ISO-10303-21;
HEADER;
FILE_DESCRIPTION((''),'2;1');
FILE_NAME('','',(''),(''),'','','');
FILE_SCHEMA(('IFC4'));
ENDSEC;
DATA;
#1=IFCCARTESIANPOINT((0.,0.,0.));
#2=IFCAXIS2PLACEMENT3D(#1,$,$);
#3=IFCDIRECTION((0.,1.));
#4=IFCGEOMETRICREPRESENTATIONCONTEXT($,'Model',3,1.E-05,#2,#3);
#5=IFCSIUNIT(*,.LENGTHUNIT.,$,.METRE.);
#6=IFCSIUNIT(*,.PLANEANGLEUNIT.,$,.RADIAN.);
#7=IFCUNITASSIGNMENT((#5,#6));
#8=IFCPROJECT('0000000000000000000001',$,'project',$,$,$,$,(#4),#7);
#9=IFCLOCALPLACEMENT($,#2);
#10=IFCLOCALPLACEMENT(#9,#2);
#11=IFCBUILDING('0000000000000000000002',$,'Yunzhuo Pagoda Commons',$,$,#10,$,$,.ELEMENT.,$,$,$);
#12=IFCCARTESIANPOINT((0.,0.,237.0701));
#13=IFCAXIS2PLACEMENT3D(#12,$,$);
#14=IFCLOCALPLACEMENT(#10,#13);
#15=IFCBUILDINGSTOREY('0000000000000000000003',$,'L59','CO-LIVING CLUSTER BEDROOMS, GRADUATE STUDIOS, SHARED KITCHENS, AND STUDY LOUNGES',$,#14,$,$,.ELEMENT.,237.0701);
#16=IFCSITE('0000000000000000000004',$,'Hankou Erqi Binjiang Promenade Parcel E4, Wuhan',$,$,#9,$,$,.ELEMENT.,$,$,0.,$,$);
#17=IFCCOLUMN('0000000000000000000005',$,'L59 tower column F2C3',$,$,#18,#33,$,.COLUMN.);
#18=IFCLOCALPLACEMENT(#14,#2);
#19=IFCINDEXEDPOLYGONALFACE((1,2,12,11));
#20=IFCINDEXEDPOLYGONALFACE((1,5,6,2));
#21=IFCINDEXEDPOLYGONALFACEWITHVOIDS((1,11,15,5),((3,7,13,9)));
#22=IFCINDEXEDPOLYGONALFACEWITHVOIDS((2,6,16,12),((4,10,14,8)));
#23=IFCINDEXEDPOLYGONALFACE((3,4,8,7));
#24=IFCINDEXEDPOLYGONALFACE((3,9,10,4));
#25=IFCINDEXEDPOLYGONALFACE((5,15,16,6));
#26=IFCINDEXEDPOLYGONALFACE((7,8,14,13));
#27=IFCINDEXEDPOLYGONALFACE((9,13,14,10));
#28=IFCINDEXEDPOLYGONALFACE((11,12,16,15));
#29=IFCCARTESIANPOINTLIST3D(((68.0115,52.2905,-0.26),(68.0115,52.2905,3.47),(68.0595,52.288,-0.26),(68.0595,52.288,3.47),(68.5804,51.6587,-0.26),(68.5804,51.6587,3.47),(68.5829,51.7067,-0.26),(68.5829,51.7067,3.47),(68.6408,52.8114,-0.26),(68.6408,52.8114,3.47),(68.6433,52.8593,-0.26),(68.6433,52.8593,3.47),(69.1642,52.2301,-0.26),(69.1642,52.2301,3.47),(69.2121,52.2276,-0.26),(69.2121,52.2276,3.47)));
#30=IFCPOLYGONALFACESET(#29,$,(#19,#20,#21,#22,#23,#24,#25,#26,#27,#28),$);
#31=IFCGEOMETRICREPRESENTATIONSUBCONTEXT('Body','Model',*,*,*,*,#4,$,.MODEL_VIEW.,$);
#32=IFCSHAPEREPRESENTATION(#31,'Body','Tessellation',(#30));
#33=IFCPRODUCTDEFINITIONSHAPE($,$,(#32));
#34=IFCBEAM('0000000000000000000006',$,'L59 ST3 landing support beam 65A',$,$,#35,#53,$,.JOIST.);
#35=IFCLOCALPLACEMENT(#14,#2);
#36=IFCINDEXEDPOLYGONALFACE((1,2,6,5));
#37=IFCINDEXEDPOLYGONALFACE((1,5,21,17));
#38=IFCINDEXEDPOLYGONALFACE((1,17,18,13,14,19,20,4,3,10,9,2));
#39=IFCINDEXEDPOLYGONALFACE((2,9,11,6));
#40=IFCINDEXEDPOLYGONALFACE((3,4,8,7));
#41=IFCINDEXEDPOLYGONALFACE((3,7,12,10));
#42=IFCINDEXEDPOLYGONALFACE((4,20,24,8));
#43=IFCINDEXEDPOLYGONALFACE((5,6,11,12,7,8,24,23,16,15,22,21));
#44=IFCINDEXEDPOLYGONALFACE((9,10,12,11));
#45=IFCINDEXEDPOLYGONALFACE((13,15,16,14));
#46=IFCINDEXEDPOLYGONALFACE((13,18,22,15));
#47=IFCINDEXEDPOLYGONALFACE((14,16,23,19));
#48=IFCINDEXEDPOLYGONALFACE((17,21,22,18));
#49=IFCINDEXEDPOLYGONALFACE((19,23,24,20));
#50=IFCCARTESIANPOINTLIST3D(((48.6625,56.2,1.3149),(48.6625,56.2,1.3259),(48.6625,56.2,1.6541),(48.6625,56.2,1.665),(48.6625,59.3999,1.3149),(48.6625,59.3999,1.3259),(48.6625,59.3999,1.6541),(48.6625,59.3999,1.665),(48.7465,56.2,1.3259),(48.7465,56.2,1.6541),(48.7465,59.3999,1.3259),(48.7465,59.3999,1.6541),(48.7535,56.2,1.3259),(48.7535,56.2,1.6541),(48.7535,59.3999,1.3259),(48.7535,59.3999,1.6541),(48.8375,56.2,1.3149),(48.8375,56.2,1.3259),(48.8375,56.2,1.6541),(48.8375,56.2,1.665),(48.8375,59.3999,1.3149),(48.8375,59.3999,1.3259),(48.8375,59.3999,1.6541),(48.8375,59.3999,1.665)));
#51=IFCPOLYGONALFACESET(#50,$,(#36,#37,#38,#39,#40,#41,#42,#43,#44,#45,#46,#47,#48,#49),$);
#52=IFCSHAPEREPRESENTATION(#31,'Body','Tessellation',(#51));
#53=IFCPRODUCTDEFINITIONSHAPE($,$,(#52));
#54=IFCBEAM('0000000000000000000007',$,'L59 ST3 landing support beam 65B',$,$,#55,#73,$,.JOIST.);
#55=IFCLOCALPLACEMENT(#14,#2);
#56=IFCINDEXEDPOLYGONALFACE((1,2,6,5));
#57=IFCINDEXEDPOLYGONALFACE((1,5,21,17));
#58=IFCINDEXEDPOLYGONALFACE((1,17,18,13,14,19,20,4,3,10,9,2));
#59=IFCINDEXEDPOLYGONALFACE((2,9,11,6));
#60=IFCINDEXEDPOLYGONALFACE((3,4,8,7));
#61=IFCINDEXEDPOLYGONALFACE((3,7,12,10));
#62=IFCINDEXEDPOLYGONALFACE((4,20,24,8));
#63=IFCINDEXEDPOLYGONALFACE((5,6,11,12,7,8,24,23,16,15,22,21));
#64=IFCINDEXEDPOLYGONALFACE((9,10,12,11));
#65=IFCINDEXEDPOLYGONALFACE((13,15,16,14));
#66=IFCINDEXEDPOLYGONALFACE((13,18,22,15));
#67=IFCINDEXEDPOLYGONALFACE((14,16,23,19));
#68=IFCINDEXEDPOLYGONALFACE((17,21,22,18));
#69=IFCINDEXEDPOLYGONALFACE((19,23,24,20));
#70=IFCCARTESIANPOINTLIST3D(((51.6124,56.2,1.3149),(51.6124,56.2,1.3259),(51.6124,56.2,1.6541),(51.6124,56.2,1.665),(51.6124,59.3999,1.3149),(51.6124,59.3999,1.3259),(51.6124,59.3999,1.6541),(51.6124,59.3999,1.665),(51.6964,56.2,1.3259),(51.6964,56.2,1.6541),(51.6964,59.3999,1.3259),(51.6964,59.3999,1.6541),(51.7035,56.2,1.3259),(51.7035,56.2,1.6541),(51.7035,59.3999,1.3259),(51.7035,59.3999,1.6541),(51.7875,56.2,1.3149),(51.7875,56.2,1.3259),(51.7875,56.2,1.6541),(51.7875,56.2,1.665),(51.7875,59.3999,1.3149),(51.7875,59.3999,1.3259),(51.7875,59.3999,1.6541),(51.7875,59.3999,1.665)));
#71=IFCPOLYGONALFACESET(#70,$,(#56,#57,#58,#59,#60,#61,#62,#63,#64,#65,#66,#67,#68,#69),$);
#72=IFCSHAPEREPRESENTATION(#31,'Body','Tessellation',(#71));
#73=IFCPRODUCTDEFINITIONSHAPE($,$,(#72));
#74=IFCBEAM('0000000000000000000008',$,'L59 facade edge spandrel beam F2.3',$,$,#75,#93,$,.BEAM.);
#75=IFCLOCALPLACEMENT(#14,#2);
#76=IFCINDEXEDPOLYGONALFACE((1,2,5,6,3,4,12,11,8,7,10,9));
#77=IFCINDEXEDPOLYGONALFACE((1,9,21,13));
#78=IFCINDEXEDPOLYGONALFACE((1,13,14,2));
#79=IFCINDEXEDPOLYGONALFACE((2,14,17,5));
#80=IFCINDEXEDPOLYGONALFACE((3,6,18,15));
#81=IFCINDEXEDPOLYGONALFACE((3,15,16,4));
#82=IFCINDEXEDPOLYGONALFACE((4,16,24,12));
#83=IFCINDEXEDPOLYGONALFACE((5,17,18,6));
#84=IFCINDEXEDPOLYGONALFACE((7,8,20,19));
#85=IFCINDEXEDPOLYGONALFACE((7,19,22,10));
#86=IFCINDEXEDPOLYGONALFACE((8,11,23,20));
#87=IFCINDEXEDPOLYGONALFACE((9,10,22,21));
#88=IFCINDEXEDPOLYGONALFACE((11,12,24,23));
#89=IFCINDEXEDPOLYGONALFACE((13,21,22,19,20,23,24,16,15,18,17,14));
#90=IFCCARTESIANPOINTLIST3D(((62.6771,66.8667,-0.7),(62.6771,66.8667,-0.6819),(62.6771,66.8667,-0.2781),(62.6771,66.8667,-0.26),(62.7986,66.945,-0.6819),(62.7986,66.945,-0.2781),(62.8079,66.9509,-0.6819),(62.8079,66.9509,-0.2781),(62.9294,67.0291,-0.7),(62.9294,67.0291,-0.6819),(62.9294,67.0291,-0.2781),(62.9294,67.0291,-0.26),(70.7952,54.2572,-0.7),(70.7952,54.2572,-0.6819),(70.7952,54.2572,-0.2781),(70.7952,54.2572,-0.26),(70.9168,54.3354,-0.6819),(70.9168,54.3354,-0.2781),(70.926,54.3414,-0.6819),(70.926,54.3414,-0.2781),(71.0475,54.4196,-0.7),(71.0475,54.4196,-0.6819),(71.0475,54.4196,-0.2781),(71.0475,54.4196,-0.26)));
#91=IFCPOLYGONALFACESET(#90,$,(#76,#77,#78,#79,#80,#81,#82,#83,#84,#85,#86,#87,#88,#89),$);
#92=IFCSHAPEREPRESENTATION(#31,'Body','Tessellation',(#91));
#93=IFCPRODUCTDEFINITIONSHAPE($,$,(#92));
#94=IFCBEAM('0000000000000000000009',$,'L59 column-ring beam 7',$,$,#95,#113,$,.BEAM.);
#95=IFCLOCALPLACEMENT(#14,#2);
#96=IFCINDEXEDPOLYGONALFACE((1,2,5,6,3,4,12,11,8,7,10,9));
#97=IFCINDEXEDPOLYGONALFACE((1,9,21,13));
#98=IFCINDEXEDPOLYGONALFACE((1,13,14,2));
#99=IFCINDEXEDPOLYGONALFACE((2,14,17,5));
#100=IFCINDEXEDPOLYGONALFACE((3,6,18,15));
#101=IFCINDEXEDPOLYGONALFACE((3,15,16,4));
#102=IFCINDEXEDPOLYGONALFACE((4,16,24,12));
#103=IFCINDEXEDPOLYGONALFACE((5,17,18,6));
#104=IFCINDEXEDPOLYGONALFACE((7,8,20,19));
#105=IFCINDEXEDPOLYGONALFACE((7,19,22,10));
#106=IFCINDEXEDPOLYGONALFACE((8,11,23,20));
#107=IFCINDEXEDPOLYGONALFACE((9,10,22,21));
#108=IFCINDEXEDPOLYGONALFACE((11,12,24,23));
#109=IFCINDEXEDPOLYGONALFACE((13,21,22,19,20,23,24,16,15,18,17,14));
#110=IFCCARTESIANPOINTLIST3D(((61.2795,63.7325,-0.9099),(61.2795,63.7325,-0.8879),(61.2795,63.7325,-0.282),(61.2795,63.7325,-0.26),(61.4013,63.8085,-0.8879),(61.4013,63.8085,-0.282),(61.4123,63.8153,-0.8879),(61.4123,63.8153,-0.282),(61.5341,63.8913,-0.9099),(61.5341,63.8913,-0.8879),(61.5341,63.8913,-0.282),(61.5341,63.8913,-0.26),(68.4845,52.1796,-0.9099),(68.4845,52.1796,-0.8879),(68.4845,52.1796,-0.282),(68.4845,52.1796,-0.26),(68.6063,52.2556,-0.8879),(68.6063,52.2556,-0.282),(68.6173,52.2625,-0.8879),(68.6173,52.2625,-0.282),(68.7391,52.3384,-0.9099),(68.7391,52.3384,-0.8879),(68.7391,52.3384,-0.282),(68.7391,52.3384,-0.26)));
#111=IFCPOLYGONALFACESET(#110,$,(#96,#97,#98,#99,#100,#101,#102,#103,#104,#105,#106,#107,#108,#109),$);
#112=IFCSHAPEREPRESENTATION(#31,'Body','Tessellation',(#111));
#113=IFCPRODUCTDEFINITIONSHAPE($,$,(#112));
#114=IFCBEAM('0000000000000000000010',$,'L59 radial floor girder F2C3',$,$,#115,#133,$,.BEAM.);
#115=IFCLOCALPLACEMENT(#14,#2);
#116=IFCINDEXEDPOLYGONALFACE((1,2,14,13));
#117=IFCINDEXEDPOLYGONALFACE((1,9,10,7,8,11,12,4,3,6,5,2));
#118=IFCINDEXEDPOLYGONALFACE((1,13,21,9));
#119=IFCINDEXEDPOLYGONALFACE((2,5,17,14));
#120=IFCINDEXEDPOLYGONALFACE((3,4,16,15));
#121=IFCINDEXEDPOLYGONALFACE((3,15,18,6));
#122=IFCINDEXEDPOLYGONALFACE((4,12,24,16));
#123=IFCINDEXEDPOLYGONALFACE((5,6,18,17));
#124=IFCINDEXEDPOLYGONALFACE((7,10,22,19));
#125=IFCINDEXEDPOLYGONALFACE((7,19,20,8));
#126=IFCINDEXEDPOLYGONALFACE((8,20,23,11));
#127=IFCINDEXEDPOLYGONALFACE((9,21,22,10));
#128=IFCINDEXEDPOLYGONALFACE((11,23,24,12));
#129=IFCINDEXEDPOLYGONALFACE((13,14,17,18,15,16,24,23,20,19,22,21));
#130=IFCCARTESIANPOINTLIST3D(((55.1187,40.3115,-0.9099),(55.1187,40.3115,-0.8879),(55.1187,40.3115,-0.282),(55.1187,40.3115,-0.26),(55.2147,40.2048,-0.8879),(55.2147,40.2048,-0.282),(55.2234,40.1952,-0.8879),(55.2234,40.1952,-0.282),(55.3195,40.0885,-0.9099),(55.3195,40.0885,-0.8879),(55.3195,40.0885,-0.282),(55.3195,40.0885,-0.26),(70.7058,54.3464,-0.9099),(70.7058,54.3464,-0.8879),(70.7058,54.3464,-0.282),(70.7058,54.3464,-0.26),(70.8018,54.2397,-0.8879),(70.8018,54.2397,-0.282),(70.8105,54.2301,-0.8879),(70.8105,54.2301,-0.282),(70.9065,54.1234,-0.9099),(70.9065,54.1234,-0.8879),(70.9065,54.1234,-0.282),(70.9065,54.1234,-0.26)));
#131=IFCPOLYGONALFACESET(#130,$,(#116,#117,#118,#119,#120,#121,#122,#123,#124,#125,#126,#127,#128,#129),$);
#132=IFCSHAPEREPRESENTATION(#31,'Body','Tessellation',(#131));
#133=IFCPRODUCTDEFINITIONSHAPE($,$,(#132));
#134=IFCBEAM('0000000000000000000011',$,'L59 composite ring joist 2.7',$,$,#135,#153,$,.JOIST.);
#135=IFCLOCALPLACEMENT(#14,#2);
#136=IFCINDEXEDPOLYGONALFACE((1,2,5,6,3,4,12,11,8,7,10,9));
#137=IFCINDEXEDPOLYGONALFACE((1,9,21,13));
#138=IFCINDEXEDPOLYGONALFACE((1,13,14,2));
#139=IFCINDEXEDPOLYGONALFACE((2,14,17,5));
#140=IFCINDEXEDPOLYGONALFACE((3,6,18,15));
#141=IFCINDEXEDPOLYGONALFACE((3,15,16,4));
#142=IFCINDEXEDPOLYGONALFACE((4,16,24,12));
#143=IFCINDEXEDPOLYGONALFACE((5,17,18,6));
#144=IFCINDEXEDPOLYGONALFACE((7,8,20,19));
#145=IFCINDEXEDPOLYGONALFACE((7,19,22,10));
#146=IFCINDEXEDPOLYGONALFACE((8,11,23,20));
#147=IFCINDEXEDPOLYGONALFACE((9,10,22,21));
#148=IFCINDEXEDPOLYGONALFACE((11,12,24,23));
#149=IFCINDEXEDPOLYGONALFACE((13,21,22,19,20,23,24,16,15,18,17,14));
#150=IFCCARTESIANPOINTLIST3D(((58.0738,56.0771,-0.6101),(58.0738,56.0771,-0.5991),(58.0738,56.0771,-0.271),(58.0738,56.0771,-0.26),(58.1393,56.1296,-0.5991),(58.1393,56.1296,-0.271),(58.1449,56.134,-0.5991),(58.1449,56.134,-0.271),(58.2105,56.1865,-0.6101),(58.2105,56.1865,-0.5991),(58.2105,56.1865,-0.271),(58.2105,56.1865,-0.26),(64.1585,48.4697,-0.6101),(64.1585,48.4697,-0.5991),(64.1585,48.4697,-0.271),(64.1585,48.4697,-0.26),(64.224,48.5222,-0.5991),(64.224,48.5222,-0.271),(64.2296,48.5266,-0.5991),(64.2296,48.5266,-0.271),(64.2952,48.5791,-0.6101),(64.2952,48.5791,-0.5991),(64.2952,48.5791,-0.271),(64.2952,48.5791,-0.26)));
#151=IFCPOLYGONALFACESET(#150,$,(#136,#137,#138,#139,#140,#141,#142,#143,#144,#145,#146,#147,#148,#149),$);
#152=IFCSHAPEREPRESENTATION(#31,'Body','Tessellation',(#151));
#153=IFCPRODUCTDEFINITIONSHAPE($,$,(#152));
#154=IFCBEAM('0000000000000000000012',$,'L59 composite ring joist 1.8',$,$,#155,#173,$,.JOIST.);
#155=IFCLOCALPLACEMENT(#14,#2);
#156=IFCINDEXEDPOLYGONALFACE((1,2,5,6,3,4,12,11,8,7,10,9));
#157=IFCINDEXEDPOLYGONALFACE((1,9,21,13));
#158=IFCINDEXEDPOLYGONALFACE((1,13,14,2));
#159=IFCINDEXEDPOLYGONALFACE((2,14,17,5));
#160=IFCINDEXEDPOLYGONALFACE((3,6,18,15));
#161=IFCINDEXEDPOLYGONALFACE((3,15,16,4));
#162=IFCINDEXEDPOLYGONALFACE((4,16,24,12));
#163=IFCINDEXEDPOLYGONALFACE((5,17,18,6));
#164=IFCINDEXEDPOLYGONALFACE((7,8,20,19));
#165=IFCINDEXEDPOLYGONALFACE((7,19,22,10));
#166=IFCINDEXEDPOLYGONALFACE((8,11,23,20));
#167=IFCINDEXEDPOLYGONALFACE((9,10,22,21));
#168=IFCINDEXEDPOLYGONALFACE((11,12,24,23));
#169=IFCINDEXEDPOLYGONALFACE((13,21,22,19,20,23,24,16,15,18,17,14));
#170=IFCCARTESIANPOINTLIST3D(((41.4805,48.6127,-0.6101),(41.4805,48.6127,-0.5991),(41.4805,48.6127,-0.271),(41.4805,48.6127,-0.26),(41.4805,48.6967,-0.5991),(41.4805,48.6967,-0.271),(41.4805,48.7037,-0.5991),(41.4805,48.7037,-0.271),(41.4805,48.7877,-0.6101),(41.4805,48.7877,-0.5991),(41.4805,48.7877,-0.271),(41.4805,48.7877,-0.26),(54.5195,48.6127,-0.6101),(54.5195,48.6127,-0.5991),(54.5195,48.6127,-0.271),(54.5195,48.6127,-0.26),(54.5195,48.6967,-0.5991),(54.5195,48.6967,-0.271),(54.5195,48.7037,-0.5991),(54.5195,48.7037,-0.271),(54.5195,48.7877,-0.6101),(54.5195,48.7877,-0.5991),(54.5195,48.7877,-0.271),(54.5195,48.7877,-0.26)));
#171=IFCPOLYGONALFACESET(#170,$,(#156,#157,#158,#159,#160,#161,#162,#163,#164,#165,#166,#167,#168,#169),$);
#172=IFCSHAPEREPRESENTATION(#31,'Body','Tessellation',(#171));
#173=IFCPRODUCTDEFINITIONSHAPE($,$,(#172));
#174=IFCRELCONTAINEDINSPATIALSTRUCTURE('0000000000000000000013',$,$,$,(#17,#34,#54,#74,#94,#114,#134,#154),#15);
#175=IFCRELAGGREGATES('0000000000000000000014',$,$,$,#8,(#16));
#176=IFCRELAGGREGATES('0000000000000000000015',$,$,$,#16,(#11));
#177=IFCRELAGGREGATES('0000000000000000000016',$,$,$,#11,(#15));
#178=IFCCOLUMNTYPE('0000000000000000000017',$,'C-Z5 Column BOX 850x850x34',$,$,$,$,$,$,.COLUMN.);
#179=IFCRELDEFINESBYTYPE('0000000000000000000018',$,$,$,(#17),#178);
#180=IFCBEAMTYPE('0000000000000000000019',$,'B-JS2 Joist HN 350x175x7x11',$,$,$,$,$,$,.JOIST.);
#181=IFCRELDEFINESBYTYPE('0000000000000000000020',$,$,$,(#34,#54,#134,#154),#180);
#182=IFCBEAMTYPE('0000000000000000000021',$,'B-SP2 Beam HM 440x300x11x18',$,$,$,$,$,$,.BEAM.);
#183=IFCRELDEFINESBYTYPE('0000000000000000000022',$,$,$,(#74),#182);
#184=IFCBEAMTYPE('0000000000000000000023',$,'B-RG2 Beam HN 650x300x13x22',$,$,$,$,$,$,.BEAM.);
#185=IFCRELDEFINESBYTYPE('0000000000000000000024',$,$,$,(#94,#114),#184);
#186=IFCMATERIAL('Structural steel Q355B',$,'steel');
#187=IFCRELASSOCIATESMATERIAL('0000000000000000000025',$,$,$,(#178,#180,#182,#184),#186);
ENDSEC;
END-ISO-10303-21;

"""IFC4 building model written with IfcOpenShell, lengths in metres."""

from ifc_helpers import new_model, si_unit, direction, frame, origin, origin_2d, place, context, subcontext, project, spatial, hollow_rectangle, i_section, extrude, source, transform, mapped, material, material_profile, profile_set, type_object, element, save


model = new_model("IFC4")

# Units and contexts
model_context = context("Model", 3, precision=1e-05, world=origin(), true_north=direction((0.0, 1.0)))
body_context = subcontext(model_context, "Body", "Model", "MODEL_VIEW")
ifc_project = project(units=[si_unit("LENGTHUNIT", "METRE"), si_unit("PLANEANGLEUNIT", "RADIAN")], contexts=[model_context])

# Site, building, storey
site_placement = place(None, origin())
site = spatial("IfcSite", under=ifc_project, at=site_placement, Name="Hankou Erqi Binjiang Promenade Parcel E4, Wuhan", CompositionType="ELEMENT", RefElevation=0.0)
building_placement = place(site_placement, origin())
building = spatial("IfcBuilding", under=site, at=building_placement, Name="Yunzhuo Pagoda Commons", CompositionType="ELEMENT")
storey_placement = place(building_placement, frame((0.0, 0.0, 237.0701)))
storey = spatial("IfcBuildingStorey", under=building, at=storey_placement, Name="L59", Description="CO-LIVING CLUSTER BEDROOMS, GRADUATE STUDIOS, SHARED KITCHENS, AND STUDY LOUNGES", CompositionType="ELEMENT", Elevation=237.0701)

# Column
ifc_material_1 = material(Name="Structural steel Q355B", Category="steel")
ifc_material_profile_1 = material_profile(ifc_material_1, hollow_rectangle(XDim=0.8501, YDim=0.8501, WallThickness=0.0339, at=origin_2d()), Name="Structural steel Q355B")
ifc_profile_set_1 = profile_set([ifc_material_profile_1], Name="Structural steel Q355B")
column_type = type_object("IfcColumnType", Name="C-Z5 Column BOX 850x850x34", PredefinedType="COLUMN", material=ifc_profile_set_1)
shared_shape_1 = source(origin(), body_context, "Body", "SweptSolid", [
    extrude(hollow_rectangle(XDim=0.8501, YDim=0.8501, WallThickness=0.0339, at=origin_2d()), origin(), (0.0, 0.0, 1.0), 3.73),
])
column_placement = place(storey_placement, frame((68.6118, 52.259, -0.26), z_axis=(0.0, 0.0, 1.0), x_axis=(-0.669131, 0.743145, 0.0)))
element("IfcColumn", 1, at=column_placement, inside=storey, type_object=column_type, Name="L59 tower column F2C3", PredefinedType="COLUMN", context=body_context, shape_type="MappedRepresentation", body=[
    mapped(shared_shape_1, transform((0.0, 0.0, 0.0), scale=1.0)),
])

# Beams
ifc_material_profile_2 = material_profile(ifc_material_1, i_section(OverallWidth=0.175, OverallDepth=0.3501, WebThickness=0.0071, FlangeThickness=0.011, at=origin_2d()), Name="Structural steel Q355B")
ifc_profile_set_2 = profile_set([ifc_material_profile_2], Name="Structural steel Q355B")
beam_type_1 = type_object("IfcBeamType", Name="B-JS2 Joist HN 350x175x7x11", PredefinedType="JOIST", material=ifc_profile_set_2)
shared_shape_2 = source(origin(), body_context, "Body", "SweptSolid", [
    extrude(i_section(OverallWidth=0.175, OverallDepth=0.3501, WebThickness=0.0071, FlangeThickness=0.011, at=origin_2d()), origin(), (0.0, 0.0, 1.0), 3.2),
])
for number, where, z_axis, x_axis, name in (
    (2, (48.75, 56.2, 1.49), (0.0, 1.0, 0.0), (-1.0, 0.0, 0.0), "L59 ST3 landing support beam 65A"),
    (3, (51.7, 56.2, 1.49), (0.0, 1.0, 0.0), (-1.0, 0.0, 0.0), "L59 ST3 landing support beam 65B"),
):
    element("IfcBeam", number, at=place(storey_placement, frame(where, z_axis=z_axis, x_axis=x_axis)), inside=storey, type_object=beam_type_1, Name=name, PredefinedType="JOIST", context=body_context, shape_type="MappedRepresentation", body=[
        mapped(shared_shape_2, transform((0.0, 0.0, 0.0), scale=1.0)),
    ])
ifc_material_profile_3 = material_profile(ifc_material_1, i_section(OverallWidth=0.3, OverallDepth=0.4399, WebThickness=0.011, FlangeThickness=0.0181, at=origin_2d()), Name="Structural steel Q355B")
ifc_profile_set_3 = profile_set([ifc_material_profile_3], Name="Structural steel Q355B")
beam_type_2 = type_object("IfcBeamType", Name="B-SP2 Beam HM 440x300x11x18", PredefinedType="BEAM", material=ifc_profile_set_3)
shared_shape_3 = source(origin(), body_context, "Body", "SweptSolid", [
    extrude(i_section(OverallWidth=0.3, OverallDepth=0.4399, WebThickness=0.011, FlangeThickness=0.0181, at=origin_2d()), origin(), (0.0, 0.0, 1.0), 14.9968),
])
beam_1_placement = place(storey_placement, frame((70.9214, 54.3384, -0.48), z_axis=(-0.541323, 0.840815, 0.0), x_axis=(-0.840815, -0.541323, 0.0)))
element("IfcBeam", 4, at=beam_1_placement, inside=storey, type_object=beam_type_2, Name="L59 facade edge spandrel beam F2.3", PredefinedType="BEAM", context=body_context, shape_type="MappedRepresentation", body=[
    mapped(shared_shape_3, transform((0.0, 0.0, 0.0), scale=1.0)),
])
ifc_material_profile_4 = material_profile(ifc_material_1, i_section(OverallWidth=0.3, OverallDepth=0.6499, WebThickness=0.0129, FlangeThickness=0.022, at=origin_2d()), Name="Structural steel Q355B")
ifc_profile_set_4 = profile_set([ifc_material_profile_4], Name="Structural steel Q355B")
beam_type_3 = type_object("IfcBeamType", Name="B-RG2 Beam HN 650x300x13x22", PredefinedType="BEAM", material=ifc_profile_set_4)
shared_shape_4 = source(origin(), body_context, "Body", "SweptSolid", [
    extrude(i_section(OverallWidth=0.3, OverallDepth=0.6499, WebThickness=0.0129, FlangeThickness=0.022, at=origin_2d()), origin(), (0.0, 0.0, 1.0), 13.6155),
])
beam_2_placement = place(storey_placement, frame((68.6118, 52.259, -0.585), z_axis=(-0.529178, 0.848511, 0.0), x_axis=(-0.848511, -0.529178, 0.0)))
element("IfcBeam", 5, at=beam_2_placement, inside=storey, type_object=beam_type_3, Name="L59 column-ring beam 7", PredefinedType="BEAM", context=body_context, shape_type="MappedRepresentation", body=[
    mapped(shared_shape_4, transform((0.0, 0.0, 0.0), scale=1.0)),
])
shared_shape_5 = source(origin(), body_context, "Body", "SweptSolid", [
    extrude(i_section(OverallWidth=0.3, OverallDepth=0.6499, WebThickness=0.0129, FlangeThickness=0.022, at=origin_2d()), origin(), (0.0, 0.0, 1.0), 20.9746),
])
beam_3_placement = place(storey_placement, frame((70.8062, 54.2349, -0.585), z_axis=(-0.743141, -0.669135, 0.0), x_axis=(0.669135, -0.743141, 0.0)))
element("IfcBeam", 6, at=beam_3_placement, inside=storey, type_object=beam_type_3, Name="L59 radial floor girder F2C3", PredefinedType="BEAM", context=body_context, shape_type="MappedRepresentation", body=[
    mapped(shared_shape_5, transform((0.0, 0.0, 0.0), scale=1.0)),
])
shared_shape_6 = source(origin(), body_context, "Body", "SweptSolid", [
    extrude(i_section(OverallWidth=0.175, OverallDepth=0.3501, WebThickness=0.0071, FlangeThickness=0.011, at=origin_2d()), origin(), (0.0, 0.0, 1.0), 9.7415),
])
beam_4_placement = place(storey_placement, frame((64.2268, 48.5244, -0.4351), z_axis=(-0.624619, 0.78093, 0.0), x_axis=(-0.78093, -0.624619, 0.0)))
element("IfcBeam", 7, at=beam_4_placement, inside=storey, type_object=beam_type_1, Name="L59 composite ring joist 2.7", PredefinedType="JOIST", context=body_context, shape_type="MappedRepresentation", body=[
    mapped(shared_shape_6, transform((0.0, 0.0, 0.0), scale=1.0)),
])
shared_shape_7 = source(origin(), body_context, "Body", "SweptSolid", [
    extrude(i_section(OverallWidth=0.175, OverallDepth=0.3501, WebThickness=0.0071, FlangeThickness=0.011, at=origin_2d()), origin(), (0.0, 0.0, 1.0), 13.0391),
])
beam_5_placement = place(storey_placement, frame((54.5195, 48.7002, -0.4351), z_axis=(-1.0, 0.0, 0.0), x_axis=(0.0, -1.0, 0.0)))
element("IfcBeam", 8, at=beam_5_placement, inside=storey, type_object=beam_type_1, Name="L59 composite ring joist 1.8", PredefinedType="JOIST", context=body_context, shape_type="MappedRepresentation", body=[
    mapped(shared_shape_7, transform((0.0, 0.0, 0.0), scale=1.0)),
])

save(model, "model.ifc")
